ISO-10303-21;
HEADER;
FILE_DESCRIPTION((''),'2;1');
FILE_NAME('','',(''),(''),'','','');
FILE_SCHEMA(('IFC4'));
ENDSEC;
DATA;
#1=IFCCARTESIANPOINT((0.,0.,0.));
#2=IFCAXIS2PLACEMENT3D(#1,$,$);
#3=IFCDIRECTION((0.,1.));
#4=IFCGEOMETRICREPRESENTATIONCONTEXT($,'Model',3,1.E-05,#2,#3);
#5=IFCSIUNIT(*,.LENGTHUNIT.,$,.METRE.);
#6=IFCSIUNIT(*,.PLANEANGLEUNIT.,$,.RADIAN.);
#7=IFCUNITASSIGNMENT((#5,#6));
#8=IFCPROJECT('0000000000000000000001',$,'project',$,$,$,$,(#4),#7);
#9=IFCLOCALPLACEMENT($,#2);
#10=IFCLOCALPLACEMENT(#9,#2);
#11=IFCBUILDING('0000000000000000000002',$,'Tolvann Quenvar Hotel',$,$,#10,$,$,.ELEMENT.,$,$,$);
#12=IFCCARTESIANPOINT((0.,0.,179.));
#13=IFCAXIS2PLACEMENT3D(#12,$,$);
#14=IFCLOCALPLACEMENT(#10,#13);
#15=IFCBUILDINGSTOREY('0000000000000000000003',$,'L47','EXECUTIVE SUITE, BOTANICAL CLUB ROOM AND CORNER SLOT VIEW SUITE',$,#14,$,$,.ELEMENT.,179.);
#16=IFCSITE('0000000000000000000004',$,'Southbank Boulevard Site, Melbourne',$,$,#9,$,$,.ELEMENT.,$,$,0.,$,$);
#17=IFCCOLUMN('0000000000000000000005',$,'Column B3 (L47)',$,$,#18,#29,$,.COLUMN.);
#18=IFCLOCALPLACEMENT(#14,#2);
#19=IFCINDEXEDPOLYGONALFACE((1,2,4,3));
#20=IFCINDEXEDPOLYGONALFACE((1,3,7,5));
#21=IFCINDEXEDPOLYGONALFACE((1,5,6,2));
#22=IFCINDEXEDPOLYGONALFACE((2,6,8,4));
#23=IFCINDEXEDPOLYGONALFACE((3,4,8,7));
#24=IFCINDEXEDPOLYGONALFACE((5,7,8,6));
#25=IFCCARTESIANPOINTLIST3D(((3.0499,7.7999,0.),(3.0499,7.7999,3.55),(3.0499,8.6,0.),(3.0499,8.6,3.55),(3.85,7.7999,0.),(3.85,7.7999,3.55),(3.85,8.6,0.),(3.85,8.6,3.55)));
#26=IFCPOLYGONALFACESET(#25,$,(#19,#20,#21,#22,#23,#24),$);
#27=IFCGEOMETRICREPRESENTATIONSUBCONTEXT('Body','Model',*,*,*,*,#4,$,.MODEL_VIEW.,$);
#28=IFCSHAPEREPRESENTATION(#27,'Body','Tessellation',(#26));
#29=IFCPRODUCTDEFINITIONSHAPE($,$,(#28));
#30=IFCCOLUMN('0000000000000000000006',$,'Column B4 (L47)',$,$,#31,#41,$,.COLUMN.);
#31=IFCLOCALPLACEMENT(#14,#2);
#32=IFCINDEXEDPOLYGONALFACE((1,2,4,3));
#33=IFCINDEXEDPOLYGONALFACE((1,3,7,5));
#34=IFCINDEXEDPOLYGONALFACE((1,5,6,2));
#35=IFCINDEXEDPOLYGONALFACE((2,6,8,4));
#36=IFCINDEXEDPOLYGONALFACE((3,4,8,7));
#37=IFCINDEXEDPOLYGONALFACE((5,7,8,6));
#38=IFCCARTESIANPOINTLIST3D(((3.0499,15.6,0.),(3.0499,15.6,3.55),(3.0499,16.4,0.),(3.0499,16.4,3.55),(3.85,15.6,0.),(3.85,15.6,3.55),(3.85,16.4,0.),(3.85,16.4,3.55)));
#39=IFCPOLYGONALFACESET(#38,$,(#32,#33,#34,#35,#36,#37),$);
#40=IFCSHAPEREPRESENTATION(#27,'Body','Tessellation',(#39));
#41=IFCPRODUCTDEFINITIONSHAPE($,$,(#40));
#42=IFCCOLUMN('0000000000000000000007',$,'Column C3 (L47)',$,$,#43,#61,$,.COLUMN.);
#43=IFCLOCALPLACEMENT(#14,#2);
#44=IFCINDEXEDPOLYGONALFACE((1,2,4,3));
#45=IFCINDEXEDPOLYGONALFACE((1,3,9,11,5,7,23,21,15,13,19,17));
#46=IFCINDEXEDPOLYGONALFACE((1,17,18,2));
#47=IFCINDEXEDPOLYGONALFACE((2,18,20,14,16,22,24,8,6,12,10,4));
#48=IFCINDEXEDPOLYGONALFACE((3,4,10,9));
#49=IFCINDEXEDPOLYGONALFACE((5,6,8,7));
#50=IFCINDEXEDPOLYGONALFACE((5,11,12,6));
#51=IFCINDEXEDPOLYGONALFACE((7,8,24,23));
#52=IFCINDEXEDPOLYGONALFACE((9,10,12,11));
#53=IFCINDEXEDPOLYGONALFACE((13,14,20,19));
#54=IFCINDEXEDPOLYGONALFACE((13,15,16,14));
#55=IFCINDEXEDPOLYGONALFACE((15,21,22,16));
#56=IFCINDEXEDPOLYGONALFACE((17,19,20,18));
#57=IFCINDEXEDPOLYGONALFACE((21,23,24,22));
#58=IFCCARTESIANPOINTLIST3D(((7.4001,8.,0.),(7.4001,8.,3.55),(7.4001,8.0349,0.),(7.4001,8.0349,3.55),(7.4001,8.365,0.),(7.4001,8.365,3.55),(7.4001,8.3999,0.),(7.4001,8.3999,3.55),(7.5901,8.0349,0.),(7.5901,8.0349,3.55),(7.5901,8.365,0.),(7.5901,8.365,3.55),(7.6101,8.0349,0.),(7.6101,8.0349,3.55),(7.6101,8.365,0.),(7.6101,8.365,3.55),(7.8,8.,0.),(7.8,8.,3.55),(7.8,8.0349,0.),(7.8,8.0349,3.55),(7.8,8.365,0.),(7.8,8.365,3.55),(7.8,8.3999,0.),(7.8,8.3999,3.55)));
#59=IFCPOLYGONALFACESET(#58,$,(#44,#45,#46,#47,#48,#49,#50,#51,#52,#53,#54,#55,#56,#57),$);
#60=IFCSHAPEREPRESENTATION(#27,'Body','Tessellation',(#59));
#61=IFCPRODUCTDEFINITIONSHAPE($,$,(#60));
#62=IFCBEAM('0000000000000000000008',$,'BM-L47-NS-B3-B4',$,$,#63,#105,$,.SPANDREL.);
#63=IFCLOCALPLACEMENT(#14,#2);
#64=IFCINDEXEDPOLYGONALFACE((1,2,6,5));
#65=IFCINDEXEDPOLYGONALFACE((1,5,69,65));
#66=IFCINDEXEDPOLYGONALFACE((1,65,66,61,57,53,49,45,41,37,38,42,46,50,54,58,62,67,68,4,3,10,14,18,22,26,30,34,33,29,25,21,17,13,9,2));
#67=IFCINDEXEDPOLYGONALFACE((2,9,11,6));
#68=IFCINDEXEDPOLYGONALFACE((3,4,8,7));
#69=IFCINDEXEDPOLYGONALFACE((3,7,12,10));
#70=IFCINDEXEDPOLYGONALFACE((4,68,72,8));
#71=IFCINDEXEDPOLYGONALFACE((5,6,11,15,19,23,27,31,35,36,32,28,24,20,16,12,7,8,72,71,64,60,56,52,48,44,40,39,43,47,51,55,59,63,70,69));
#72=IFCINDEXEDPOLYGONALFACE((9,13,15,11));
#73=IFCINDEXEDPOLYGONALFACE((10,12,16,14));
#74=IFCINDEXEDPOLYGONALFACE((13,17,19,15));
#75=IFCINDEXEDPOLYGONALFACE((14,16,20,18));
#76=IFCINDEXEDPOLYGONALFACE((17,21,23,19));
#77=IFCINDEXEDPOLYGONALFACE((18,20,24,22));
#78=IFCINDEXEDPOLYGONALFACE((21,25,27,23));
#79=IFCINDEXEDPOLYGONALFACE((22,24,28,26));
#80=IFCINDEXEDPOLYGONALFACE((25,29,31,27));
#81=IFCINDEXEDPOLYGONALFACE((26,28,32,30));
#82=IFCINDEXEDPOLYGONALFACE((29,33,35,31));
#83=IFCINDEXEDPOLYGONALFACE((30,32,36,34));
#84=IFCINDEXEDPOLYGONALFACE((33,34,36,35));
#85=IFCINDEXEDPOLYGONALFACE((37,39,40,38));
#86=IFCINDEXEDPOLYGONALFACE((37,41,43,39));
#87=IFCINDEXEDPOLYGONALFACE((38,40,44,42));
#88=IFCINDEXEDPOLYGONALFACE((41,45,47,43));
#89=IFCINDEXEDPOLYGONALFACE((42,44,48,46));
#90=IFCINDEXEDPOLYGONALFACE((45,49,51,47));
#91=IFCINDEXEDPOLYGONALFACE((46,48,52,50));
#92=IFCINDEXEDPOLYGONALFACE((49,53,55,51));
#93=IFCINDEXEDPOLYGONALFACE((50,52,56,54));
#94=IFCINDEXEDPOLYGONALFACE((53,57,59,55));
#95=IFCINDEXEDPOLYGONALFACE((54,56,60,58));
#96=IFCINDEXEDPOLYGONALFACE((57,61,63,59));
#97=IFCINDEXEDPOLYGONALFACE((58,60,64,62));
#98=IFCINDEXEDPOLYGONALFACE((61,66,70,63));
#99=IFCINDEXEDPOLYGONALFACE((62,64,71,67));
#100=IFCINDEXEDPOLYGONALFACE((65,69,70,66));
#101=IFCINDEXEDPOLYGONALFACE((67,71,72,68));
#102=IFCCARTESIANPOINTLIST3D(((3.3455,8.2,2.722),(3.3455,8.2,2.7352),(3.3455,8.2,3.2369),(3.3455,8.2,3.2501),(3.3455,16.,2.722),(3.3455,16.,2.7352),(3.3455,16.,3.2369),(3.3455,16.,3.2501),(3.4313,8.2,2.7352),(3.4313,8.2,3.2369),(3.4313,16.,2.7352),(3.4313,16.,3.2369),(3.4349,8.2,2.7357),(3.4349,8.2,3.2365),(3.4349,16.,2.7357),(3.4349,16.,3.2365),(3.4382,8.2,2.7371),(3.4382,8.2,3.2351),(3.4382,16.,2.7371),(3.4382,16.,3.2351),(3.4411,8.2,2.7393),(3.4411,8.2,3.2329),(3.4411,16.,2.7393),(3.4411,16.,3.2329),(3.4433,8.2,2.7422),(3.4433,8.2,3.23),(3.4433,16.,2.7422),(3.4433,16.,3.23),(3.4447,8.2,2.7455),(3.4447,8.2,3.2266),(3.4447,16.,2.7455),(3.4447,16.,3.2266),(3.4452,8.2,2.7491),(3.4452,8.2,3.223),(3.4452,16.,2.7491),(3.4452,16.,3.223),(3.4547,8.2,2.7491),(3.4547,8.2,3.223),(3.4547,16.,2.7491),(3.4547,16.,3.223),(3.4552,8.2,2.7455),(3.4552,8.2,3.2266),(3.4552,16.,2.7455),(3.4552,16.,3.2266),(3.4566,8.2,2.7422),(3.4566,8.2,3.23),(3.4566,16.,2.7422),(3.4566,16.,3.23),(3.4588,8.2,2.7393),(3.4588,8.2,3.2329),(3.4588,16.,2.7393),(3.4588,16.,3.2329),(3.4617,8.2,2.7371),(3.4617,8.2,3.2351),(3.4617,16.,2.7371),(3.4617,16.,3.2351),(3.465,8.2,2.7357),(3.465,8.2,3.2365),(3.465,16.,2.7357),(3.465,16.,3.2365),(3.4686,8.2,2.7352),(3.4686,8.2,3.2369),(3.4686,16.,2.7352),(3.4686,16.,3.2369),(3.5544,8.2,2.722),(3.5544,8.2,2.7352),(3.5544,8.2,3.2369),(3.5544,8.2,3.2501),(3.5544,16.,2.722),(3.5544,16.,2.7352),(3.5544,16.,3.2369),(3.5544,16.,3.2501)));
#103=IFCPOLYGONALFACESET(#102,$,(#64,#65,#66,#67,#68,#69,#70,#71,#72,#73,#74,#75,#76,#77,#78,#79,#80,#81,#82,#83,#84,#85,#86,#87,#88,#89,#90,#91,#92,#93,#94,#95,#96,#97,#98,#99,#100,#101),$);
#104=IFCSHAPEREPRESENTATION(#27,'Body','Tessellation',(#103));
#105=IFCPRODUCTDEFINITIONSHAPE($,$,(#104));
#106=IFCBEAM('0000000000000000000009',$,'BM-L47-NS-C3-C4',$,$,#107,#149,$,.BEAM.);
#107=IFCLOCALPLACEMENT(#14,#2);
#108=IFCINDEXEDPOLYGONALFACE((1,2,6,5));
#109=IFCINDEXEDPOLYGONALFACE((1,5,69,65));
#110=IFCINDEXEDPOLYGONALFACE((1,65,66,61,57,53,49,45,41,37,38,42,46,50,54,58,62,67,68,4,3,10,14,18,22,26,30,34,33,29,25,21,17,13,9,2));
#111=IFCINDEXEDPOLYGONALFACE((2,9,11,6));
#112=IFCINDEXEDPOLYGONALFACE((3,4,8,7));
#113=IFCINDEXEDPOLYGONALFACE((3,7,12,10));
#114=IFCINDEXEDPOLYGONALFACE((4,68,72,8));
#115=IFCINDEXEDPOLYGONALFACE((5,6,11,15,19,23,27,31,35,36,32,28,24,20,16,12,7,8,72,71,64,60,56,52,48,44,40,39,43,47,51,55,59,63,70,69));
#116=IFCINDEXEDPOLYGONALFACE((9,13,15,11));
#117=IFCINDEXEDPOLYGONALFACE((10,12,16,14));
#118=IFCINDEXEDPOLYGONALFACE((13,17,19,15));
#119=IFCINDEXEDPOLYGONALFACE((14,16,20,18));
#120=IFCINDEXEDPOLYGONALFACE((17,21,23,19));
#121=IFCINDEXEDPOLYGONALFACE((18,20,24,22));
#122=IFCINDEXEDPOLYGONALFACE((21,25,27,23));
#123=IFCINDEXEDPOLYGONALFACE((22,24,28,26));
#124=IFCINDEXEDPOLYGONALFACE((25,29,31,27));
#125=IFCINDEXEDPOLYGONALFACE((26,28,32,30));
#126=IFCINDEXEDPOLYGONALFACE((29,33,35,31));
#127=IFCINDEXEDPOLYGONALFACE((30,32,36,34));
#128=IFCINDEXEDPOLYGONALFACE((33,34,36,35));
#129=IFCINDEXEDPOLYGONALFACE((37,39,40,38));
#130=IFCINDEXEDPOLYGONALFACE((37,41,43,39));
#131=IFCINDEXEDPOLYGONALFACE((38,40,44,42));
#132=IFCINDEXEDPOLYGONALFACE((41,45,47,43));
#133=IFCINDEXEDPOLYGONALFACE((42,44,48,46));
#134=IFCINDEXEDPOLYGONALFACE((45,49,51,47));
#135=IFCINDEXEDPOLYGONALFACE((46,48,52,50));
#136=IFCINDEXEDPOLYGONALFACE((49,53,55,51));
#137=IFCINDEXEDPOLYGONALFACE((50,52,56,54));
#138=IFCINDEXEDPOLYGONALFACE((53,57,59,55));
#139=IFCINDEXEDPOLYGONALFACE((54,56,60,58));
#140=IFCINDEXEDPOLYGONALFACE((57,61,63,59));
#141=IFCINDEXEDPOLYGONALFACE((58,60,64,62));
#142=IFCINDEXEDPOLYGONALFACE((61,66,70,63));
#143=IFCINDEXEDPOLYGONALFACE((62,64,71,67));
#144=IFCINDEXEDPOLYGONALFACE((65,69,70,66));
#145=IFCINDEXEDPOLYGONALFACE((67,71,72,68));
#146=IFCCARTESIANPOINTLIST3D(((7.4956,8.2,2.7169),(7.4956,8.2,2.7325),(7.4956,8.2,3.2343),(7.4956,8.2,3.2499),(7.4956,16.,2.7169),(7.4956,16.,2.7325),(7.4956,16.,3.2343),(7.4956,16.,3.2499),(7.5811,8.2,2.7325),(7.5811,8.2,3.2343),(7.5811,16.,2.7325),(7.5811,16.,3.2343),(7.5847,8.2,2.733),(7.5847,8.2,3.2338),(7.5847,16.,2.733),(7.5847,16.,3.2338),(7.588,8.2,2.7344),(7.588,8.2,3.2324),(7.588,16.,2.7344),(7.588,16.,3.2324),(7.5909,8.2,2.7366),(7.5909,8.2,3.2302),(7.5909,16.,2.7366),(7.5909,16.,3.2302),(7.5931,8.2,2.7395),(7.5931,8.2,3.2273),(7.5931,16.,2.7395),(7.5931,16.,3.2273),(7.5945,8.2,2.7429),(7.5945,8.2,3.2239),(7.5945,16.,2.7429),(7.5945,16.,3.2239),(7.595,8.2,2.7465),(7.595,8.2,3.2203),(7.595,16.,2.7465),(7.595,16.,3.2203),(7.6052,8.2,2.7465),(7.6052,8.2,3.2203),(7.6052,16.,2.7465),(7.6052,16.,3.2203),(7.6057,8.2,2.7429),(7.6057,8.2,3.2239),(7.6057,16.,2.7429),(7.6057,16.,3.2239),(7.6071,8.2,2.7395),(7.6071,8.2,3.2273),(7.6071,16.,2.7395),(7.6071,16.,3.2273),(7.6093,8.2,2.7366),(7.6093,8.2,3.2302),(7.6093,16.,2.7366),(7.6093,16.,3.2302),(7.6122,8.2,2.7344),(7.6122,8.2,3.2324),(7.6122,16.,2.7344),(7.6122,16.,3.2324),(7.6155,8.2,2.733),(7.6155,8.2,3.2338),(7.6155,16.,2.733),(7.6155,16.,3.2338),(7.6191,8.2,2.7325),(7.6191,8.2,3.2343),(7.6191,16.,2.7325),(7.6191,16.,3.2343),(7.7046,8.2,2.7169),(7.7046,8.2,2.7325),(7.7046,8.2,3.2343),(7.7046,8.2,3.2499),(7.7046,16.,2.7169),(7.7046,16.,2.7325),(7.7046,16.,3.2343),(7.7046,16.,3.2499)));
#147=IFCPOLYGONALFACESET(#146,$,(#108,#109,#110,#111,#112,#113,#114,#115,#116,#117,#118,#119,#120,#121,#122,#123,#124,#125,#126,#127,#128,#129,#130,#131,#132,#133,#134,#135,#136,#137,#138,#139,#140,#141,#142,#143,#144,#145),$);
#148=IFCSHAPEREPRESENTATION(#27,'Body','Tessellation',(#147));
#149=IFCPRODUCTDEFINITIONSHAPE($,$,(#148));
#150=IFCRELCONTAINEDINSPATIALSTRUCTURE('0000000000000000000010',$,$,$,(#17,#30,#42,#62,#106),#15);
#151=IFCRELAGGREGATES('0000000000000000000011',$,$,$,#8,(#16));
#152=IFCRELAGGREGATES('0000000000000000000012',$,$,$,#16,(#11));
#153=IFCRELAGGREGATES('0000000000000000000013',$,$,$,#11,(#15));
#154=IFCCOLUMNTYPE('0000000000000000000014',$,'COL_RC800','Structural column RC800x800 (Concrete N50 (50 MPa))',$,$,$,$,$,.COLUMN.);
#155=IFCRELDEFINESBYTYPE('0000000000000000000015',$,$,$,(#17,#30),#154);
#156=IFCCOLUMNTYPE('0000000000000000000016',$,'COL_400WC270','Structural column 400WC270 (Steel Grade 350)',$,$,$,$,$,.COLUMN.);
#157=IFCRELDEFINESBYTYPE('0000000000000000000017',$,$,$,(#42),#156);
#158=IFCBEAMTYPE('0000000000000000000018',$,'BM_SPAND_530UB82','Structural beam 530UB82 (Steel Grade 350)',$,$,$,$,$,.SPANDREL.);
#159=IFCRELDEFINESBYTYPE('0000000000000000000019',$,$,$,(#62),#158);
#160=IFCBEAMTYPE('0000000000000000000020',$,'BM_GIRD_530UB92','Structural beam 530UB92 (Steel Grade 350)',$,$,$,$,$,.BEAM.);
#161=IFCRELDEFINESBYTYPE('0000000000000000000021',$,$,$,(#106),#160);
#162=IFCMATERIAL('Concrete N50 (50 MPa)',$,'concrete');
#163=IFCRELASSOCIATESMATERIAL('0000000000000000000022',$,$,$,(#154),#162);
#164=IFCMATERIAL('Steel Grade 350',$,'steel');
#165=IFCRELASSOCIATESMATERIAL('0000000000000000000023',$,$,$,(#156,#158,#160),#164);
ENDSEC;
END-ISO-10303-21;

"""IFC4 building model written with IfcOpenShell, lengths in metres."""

from ifc_helpers import new_model, si_unit, direction, frame, origin, origin_2d, place, context, subcontext, project, spatial, rectangle, i_section, extrude, source, transform, mapped, material, material_profile, profile_set, type_object, type_shapes, element, save


model = new_model("IFC4")

# Units and contexts
model_context = context("Model", 3, precision=1e-05, world=origin(), true_north=direction((0.0, 1.0)))
body_context = subcontext(model_context, "Body", "Model", "MODEL_VIEW")
ifc_project = project(units=[si_unit("LENGTHUNIT", "METRE"), si_unit("PLANEANGLEUNIT", "RADIAN")], contexts=[model_context])

# Site, building, storey
site_placement = place(None, origin())
site = spatial("IfcSite", under=ifc_project, at=site_placement, Name="Southbank Boulevard Site, Melbourne", CompositionType="ELEMENT", RefElevation=0.0)
building_placement = place(site_placement, origin())
building = spatial("IfcBuilding", under=site, at=building_placement, Name="Tolvann Quenvar Hotel", CompositionType="ELEMENT")
storey_placement = place(building_placement, frame((0.0, 0.0, 179.0)))
storey = spatial("IfcBuildingStorey", under=building, at=storey_placement, Name="L47", Description="EXECUTIVE SUITE, BOTANICAL CLUB ROOM AND CORNER SLOT VIEW SUITE", CompositionType="ELEMENT", Elevation=179.0)

# Columns
ifc_material_1 = material(Name="Concrete N50 (50 MPa)", Category="concrete")
ifc_material_profile_1 = material_profile(ifc_material_1, rectangle(XDim=0.8, YDim=0.8, at=origin_2d()), Name="RC800x800")
ifc_profile_set_1 = profile_set([ifc_material_profile_1], Name="Concrete N50 (50 MPa)")
column_type_1 = type_object("IfcColumnType", Name="COL_RC800", Description="Structural column RC800x800 (Concrete N50 (50 MPa))", PredefinedType="COLUMN", material=ifc_profile_set_1)
shared_shape_1 = source(origin(), body_context, "Body", "SweptSolid", [
    extrude(rectangle(XDim=0.8, YDim=0.8, at=origin_2d()), origin(), (0.0, 0.0, 1.0), 3.55),
])
type_shapes(column_type_1, [shared_shape_1])
for number, where, z_axis, x_axis, name in (
    (1, (3.45, 8.2, 0.0), (0.0, 0.0, 1.0), (1.0, 0.0, 0.0), "Column B3 (L47)"),
    (2, (3.45, 16.0, 0.0), (0.0, 0.0, 1.0), (1.0, 0.0, 0.0), "Column B4 (L47)"),
):
    element("IfcColumn", number, at=place(storey_placement, frame(where, z_axis=z_axis, x_axis=x_axis)), inside=storey, type_object=column_type_1, Name=name, PredefinedType="COLUMN", context=body_context, shape_type="MappedRepresentation", body=[
        mapped(shared_shape_1, transform((0.0, 0.0, 0.0), x_axis=(1.0, 0.0, 0.0), y_axis=(0.0, 1.0, 0.0), z_axis=(0.0, 0.0, 1.0), scale=1.0)),
    ])
ifc_material_2 = material(Name="Steel Grade 350", Category="steel")
ifc_material_profile_2 = material_profile(ifc_material_2, i_section(OverallWidth=0.3999, OverallDepth=0.3999, WebThickness=0.02, FlangeThickness=0.0349, at=origin_2d()), Name="400WC270")
ifc_profile_set_2 = profile_set([ifc_material_profile_2], Name="Steel Grade 350")
column_type_2 = type_object("IfcColumnType", Name="COL_400WC270", Description="Structural column 400WC270 (Steel Grade 350)", PredefinedType="COLUMN", material=ifc_profile_set_2)
shared_shape_2 = source(origin(), body_context, "Body", "SweptSolid", [
    extrude(i_section(OverallWidth=0.3999, OverallDepth=0.3999, WebThickness=0.02, FlangeThickness=0.0349, at=origin_2d()), origin(), (0.0, 0.0, 1.0), 3.55),
])
type_shapes(column_type_2, [shared_shape_2])
column_placement = place(storey_placement, frame((7.6001, 8.2, 0.0), z_axis=(0.0, 0.0, 1.0), x_axis=(1.0, 0.0, 0.0)))
element("IfcColumn", 3, at=column_placement, inside=storey, type_object=column_type_2, Name="Column C3 (L47)", PredefinedType="COLUMN", context=body_context, shape_type="MappedRepresentation", body=[
    mapped(shared_shape_2, transform((0.0, 0.0, 0.0), x_axis=(1.0, 0.0, 0.0), y_axis=(0.0, 1.0, 0.0), z_axis=(0.0, 0.0, 1.0), scale=1.0)),
])

# Beams
ifc_material_profile_3 = material_profile(ifc_material_2, i_section(OverallWidth=0.209, OverallDepth=0.5281, WebThickness=0.0095, FlangeThickness=0.0132, FilletRadius=0.0139, at=origin_2d()), Name="530UB82")
ifc_profile_set_3 = profile_set([ifc_material_profile_3], Name="Steel Grade 350")
beam_type_1 = type_object("IfcBeamType", Name="BM_SPAND_530UB82", Description="Structural beam 530UB82 (Steel Grade 350)", PredefinedType="SPANDREL", material=ifc_profile_set_3)
shared_shape_3 = source(origin(), body_context, "Body", "SweptSolid", [
    extrude(i_section(OverallWidth=0.209, OverallDepth=0.5281, WebThickness=0.0095, FlangeThickness=0.0132, FilletRadius=0.0139, at=origin_2d()), origin(), (0.0, 0.0, 1.0), 7.8),
])
type_shapes(beam_type_1, [shared_shape_3])
beam_1_placement = place(storey_placement, frame((3.45, 8.2, 2.9861), z_axis=(0.0, 1.0, 0.0), x_axis=(-1.0, 0.0, 0.0)))
element("IfcBeam", 4, at=beam_1_placement, inside=storey, type_object=beam_type_1, Name="BM-L47-NS-B3-B4", PredefinedType="SPANDREL", context=body_context, shape_type="MappedRepresentation", body=[
    mapped(shared_shape_3, transform((0.0, 0.0, 0.0), x_axis=(1.0, 0.0, 0.0), y_axis=(0.0, 1.0, 0.0), z_axis=(0.0, 0.0, 1.0), scale=1.0)),
])
ifc_material_profile_4 = material_profile(ifc_material_2, i_section(OverallWidth=0.209, OverallDepth=0.533, WebThickness=0.0103, FlangeThickness=0.0156, FilletRadius=0.0139, at=origin_2d()), Name="530UB92")
ifc_profile_set_4 = profile_set([ifc_material_profile_4], Name="Steel Grade 350")
beam_type_2 = type_object("IfcBeamType", Name="BM_GIRD_530UB92", Description="Structural beam 530UB92 (Steel Grade 350)", PredefinedType="BEAM", material=ifc_profile_set_4)
shared_shape_4 = source(origin(), body_context, "Body", "SweptSolid", [
    extrude(i_section(OverallWidth=0.209, OverallDepth=0.533, WebThickness=0.0103, FlangeThickness=0.0156, FilletRadius=0.0139, at=origin_2d()), origin(), (0.0, 0.0, 1.0), 7.8),
])
type_shapes(beam_type_2, [shared_shape_4])
beam_2_placement = place(storey_placement, frame((7.6001, 8.2, 2.9834), z_axis=(0.0, 1.0, 0.0), x_axis=(-1.0, 0.0, 0.0)))
element("IfcBeam", 5, at=beam_2_placement, inside=storey, type_object=beam_type_2, Name="BM-L47-NS-C3-C4", PredefinedType="BEAM", context=body_context, shape_type="MappedRepresentation", body=[
    mapped(shared_shape_4, transform((0.0, 0.0, 0.0), x_axis=(1.0, 0.0, 0.0), y_axis=(0.0, 1.0, 0.0), z_axis=(0.0, 0.0, 1.0), scale=1.0)),
])

save(model, "model.ifc")
